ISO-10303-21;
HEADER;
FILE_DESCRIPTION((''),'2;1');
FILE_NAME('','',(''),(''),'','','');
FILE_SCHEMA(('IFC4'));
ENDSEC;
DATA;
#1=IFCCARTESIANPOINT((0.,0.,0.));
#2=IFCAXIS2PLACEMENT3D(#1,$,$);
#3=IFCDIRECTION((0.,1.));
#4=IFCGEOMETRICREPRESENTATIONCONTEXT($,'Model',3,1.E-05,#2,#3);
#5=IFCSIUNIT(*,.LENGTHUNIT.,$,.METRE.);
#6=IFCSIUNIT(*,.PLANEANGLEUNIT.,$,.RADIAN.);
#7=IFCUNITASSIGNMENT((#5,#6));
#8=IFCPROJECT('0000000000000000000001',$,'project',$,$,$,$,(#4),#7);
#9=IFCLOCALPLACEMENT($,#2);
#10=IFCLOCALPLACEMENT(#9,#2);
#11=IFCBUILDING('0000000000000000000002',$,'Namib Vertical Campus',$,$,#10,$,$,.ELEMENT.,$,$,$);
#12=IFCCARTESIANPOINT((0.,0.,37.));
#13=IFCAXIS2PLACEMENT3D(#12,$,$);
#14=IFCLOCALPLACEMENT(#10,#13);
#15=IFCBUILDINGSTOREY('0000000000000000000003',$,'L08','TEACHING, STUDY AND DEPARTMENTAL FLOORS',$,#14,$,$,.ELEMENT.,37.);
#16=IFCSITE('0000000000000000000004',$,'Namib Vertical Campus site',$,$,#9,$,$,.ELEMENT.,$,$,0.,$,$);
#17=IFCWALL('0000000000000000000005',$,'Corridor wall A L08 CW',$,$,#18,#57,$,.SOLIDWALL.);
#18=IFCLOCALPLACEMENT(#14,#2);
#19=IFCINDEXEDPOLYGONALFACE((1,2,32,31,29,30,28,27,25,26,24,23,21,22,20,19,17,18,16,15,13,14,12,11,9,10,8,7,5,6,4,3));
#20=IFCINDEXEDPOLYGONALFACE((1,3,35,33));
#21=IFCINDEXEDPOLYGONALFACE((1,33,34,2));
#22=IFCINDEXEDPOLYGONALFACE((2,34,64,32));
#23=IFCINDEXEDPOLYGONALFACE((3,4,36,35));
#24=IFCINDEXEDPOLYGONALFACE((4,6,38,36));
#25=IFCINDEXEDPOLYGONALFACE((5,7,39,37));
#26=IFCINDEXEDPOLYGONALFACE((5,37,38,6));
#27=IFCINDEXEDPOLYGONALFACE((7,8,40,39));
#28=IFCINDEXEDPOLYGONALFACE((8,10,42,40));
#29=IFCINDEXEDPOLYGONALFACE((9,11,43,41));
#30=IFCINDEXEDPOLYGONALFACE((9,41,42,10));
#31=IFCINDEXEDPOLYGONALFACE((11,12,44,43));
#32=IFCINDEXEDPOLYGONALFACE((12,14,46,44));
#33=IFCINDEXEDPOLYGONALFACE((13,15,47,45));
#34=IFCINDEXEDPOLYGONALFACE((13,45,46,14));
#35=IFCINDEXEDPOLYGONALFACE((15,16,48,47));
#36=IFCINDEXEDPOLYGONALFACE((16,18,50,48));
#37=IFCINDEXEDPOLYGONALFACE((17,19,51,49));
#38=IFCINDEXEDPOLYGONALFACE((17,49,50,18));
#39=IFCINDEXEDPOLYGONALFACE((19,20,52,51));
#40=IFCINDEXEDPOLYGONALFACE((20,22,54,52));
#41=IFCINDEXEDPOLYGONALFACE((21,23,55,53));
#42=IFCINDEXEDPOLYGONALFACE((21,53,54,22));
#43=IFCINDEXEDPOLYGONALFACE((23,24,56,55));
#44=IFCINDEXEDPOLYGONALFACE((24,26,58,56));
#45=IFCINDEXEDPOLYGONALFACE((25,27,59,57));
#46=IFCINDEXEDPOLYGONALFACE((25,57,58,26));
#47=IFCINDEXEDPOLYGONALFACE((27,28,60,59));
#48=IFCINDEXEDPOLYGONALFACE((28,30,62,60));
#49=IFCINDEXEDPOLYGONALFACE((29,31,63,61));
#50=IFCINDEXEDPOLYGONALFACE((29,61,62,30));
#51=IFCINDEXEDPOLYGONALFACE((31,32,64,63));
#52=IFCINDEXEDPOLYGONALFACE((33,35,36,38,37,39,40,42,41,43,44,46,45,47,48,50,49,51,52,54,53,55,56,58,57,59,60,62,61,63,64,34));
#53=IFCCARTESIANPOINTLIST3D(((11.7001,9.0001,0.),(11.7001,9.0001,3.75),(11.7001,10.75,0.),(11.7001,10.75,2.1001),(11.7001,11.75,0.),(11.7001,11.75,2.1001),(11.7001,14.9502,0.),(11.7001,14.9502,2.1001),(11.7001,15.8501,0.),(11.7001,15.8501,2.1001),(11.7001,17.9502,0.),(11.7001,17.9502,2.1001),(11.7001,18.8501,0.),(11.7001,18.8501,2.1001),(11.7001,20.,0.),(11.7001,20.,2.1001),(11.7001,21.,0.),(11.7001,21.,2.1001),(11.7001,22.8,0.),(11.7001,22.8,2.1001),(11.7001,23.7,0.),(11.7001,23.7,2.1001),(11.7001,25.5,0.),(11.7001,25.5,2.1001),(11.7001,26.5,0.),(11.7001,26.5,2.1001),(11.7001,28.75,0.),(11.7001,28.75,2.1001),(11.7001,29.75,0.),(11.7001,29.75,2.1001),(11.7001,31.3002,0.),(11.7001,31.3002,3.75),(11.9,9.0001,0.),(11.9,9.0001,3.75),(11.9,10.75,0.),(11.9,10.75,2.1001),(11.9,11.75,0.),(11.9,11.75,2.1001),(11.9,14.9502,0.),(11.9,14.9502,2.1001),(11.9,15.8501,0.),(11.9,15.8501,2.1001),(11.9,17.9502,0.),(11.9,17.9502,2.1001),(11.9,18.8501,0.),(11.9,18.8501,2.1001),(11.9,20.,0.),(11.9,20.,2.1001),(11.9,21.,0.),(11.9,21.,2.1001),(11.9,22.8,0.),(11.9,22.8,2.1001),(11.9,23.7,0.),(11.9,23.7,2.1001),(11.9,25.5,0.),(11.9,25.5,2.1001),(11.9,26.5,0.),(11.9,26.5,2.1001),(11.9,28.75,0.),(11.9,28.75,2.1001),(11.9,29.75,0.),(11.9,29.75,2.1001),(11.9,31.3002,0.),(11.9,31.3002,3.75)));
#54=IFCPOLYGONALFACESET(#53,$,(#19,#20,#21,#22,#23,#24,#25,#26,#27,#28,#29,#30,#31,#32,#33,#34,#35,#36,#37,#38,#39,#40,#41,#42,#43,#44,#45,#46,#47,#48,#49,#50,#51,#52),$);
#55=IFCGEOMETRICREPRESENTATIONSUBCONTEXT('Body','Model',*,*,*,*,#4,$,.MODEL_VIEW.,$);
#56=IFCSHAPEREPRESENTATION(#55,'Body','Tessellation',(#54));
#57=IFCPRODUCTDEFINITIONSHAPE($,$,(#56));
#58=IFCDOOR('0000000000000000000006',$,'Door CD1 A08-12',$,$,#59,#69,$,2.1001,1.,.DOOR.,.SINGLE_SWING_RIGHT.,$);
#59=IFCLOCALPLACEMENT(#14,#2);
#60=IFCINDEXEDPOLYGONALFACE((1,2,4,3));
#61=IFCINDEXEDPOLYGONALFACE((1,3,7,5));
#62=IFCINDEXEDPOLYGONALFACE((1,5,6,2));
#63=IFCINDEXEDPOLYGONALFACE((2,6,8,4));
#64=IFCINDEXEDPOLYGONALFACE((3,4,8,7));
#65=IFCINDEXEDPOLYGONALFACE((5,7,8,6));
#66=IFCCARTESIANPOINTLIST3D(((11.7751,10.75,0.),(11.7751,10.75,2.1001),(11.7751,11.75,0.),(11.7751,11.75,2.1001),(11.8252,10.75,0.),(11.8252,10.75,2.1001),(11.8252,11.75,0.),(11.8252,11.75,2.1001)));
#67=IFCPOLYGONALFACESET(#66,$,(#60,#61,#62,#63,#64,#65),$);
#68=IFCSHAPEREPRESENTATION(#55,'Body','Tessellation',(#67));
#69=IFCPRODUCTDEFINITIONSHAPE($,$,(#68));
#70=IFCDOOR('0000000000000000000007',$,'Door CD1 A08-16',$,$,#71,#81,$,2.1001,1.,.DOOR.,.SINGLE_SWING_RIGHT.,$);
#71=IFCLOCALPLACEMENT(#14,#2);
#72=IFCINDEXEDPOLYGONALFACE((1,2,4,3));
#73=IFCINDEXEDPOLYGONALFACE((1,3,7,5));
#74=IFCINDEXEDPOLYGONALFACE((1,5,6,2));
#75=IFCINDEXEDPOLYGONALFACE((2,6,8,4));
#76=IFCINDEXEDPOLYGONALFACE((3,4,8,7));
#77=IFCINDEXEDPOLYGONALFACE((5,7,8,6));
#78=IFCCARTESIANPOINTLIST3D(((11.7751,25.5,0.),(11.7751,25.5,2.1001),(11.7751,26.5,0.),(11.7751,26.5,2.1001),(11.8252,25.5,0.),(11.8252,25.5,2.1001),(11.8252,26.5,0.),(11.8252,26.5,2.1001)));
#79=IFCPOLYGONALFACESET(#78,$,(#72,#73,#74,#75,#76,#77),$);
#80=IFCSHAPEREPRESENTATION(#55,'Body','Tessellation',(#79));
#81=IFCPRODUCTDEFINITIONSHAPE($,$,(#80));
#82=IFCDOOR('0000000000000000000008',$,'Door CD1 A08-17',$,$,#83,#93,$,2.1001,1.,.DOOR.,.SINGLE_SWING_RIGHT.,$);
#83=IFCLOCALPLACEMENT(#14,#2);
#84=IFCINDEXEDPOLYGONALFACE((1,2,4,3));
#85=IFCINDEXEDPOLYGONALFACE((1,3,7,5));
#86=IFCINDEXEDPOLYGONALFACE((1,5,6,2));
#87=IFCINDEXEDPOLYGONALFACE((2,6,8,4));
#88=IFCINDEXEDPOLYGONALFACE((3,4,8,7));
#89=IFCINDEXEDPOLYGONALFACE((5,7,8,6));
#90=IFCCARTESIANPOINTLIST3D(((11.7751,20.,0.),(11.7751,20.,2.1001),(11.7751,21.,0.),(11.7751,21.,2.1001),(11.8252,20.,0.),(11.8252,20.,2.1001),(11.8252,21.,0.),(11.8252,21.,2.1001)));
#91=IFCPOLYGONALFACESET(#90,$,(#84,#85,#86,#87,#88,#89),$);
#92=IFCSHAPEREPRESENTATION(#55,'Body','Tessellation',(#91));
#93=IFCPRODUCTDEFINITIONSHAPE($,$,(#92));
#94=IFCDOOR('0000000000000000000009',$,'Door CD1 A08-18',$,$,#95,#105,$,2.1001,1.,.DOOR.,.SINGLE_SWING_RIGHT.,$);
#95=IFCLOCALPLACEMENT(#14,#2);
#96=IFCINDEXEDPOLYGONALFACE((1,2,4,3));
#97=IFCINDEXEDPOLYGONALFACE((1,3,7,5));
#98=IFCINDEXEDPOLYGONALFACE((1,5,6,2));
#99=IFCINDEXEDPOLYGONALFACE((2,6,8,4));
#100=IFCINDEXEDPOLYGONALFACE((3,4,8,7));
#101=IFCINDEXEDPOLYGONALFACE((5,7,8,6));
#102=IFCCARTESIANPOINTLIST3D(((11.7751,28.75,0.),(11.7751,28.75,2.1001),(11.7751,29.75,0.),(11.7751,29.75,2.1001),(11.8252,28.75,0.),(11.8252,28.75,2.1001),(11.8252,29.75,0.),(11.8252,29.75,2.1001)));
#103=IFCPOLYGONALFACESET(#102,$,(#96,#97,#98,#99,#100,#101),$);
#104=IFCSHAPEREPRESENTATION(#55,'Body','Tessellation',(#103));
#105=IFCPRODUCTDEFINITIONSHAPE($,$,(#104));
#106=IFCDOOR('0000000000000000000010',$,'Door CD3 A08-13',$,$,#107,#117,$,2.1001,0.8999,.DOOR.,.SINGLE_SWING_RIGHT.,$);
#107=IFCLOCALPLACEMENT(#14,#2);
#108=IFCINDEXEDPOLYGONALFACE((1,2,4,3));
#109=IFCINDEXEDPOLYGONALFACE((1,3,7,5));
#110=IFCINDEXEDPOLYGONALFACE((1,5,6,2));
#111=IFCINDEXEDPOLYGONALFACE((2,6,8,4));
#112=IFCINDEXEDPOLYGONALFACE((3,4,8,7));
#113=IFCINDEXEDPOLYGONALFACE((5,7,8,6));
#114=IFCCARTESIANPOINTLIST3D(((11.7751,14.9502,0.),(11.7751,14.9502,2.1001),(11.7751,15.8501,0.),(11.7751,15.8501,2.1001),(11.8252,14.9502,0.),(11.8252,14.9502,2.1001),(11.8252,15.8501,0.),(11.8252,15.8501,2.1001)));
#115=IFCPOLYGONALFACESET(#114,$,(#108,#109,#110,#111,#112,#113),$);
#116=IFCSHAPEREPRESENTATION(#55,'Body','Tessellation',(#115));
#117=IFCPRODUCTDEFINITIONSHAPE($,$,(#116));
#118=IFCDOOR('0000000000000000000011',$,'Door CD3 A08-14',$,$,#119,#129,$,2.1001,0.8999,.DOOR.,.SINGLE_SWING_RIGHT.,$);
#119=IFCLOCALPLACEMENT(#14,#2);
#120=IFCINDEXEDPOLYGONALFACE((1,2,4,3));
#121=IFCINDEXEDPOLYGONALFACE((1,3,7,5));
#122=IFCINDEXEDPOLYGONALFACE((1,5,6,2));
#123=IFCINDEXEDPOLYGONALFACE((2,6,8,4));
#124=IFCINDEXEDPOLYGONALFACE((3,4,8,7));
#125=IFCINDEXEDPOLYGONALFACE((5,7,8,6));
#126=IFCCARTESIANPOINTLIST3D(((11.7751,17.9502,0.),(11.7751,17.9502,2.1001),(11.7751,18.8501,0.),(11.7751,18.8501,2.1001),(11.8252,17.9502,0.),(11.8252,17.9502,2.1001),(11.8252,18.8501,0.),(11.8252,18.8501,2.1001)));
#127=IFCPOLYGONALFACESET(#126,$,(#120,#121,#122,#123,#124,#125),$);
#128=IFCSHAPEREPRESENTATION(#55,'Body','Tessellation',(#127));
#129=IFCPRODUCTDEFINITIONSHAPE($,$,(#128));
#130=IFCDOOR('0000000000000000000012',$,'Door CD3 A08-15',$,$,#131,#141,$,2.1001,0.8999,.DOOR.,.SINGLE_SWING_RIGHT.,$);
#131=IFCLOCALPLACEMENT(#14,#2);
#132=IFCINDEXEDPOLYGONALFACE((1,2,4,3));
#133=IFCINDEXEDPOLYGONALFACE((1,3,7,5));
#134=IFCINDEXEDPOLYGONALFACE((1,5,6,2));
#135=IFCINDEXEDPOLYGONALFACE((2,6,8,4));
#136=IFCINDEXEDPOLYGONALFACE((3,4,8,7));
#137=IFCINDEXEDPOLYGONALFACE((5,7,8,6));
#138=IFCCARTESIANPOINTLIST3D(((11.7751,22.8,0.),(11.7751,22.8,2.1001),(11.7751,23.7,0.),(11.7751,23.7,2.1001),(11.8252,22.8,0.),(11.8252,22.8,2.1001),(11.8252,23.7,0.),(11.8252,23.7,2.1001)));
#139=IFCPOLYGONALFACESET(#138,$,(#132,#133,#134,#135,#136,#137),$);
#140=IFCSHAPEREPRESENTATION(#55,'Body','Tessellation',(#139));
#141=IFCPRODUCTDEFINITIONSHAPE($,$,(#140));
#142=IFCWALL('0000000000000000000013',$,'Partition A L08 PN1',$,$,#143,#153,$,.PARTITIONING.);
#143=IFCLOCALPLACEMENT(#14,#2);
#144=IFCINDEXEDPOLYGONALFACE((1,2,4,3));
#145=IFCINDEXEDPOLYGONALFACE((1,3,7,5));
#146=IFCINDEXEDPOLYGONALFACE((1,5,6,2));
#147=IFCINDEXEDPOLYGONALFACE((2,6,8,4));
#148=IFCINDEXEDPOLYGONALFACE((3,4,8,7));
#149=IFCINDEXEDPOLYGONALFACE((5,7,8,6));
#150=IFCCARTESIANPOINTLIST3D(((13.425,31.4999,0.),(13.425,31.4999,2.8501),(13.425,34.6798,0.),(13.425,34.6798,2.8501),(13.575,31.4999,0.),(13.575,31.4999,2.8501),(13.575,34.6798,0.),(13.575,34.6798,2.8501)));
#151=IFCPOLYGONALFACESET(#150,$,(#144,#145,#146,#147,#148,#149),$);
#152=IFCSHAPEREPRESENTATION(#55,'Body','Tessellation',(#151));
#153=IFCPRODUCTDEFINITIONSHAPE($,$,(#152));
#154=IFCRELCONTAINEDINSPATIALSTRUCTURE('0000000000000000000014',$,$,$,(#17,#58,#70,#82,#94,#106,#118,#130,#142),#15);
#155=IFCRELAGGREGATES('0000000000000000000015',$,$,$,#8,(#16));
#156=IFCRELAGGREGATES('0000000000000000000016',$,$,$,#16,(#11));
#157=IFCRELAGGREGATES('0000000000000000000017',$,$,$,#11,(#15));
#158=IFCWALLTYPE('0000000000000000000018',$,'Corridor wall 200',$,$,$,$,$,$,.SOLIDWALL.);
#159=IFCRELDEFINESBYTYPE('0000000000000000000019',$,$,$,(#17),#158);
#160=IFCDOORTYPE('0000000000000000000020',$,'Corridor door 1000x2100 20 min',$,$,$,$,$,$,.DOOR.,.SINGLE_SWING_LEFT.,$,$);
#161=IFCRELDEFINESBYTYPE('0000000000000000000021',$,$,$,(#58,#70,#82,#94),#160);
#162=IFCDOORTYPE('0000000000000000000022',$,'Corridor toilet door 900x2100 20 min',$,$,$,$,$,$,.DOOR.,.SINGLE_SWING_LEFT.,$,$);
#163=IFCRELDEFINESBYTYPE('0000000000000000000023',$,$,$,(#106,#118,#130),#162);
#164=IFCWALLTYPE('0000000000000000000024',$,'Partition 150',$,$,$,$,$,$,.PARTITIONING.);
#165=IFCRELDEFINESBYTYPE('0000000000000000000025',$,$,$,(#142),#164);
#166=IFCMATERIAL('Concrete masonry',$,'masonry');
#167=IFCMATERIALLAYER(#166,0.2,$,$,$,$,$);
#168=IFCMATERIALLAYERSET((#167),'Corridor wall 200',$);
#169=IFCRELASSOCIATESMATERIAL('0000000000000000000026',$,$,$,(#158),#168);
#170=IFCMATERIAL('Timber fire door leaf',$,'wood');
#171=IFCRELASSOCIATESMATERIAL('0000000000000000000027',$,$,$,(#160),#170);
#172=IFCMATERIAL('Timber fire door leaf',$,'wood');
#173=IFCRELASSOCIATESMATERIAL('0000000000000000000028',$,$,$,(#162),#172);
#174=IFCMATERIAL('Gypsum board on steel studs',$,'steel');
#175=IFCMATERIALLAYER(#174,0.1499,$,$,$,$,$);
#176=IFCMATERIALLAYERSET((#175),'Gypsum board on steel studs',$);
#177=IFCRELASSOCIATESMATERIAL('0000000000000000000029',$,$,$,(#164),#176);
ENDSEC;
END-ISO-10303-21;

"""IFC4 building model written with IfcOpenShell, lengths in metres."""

from ifc_helpers import new_model, si_unit, direction, frame, frame_2d, origin, place, context, subcontext, project, spatial, rectangle, extrude, material, layer, layer_set, type_object, element, fill, save


model = new_model("IFC4")

# Units and contexts
model_context = context("Model", 3, precision=1e-05, world=origin(), true_north=direction((0.0, 1.0)))
body_context = subcontext(model_context, "Body", "Model", "MODEL_VIEW")
ifc_project = project(units=[si_unit("LENGTHUNIT", "METRE"), si_unit("PLANEANGLEUNIT", "RADIAN")], contexts=[model_context])

# Site, building, storey
site_placement = place(None, origin())
site = spatial("IfcSite", under=ifc_project, at=site_placement, Name="Namib Vertical Campus site", CompositionType="ELEMENT", RefElevation=0.0)
building_placement = place(site_placement, origin())
building = spatial("IfcBuilding", under=site, at=building_placement, Name="Namib Vertical Campus", CompositionType="ELEMENT")
storey_placement = place(building_placement, frame((0.0, 0.0, 37.0)))
storey = spatial("IfcBuildingStorey", under=building, at=storey_placement, Name="L08", Description="TEACHING, STUDY AND DEPARTMENTAL FLOORS", CompositionType="ELEMENT", Elevation=37.0)

# Wall, openings, doors
ifc_material_1 = material(Name="Concrete masonry", Category="masonry")
ifc_layer_1 = layer(ifc_material_1, 0.2)
ifc_layer_set_1 = layer_set([ifc_layer_1], Name="Corridor wall 200")
wall_type_1 = type_object("IfcWallType", Name="Corridor wall 200", PredefinedType="SOLIDWALL", material=ifc_layer_set_1)
wall_1_placement = place(storey_placement, frame((11.8, 31.3, 0.0), z_axis=(0.0, 0.0, 1.0), x_axis=(0.0, -1.0, 0.0)))
wall_1 = element("IfcWall", 1, at=wall_1_placement, inside=storey, type_object=wall_type_1, Name="Corridor wall A L08 CW", PredefinedType="SOLIDWALL", context=body_context, shape_type="SweptSolid", body=[
    extrude(rectangle(XDim=22.3, YDim=0.2, at=frame_2d((11.1499, 0.0))), origin(), (0.0, 0.0, 1.0), 3.75),
])
opening_1_placement = place(wall_1_placement, frame((19.55, 0.0, 0.0)))
opening_1 = element("IfcOpeningElement", 2, at=opening_1_placement, cuts=wall_1, PredefinedType="OPENING", context=body_context, shape_type="SweptSolid", body=[
    extrude(rectangle(XDim=1.0, YDim=2.1001, at=frame_2d((0.5, 1.05))), frame((0.0, 0.1099, 0.0), z_axis=(0.0, -1.0, 0.0), x_axis=(1.0, 0.0, 0.0)), (0.0, 0.0, 1.0), 0.22),
])
opening_2_placement = place(wall_1_placement, frame((15.45, 0.0, 0.0)))
opening_2 = element("IfcOpeningElement", 3, at=opening_2_placement, cuts=wall_1, PredefinedType="OPENING", context=body_context, shape_type="SweptSolid", body=[
    extrude(rectangle(XDim=0.8999, YDim=2.1001, at=frame_2d((0.45, 1.05))), frame((0.0, 0.1099, 0.0), z_axis=(0.0, -1.0, 0.0), x_axis=(1.0, 0.0, 0.0)), (0.0, 0.0, 1.0), 0.22),
])
opening_3_placement = place(wall_1_placement, frame((12.45, 0.0, 0.0)))
opening_3 = element("IfcOpeningElement", 4, at=opening_3_placement, cuts=wall_1, PredefinedType="OPENING", context=body_context, shape_type="SweptSolid", body=[
    extrude(rectangle(XDim=0.8999, YDim=2.1001, at=frame_2d((0.45, 1.05))), frame((0.0, 0.1099, 0.0), z_axis=(0.0, -1.0, 0.0), x_axis=(1.0, 0.0, 0.0)), (0.0, 0.0, 1.0), 0.22),
])
opening_4_placement = place(wall_1_placement, frame((7.6001, 0.0, 0.0)))
opening_4 = element("IfcOpeningElement", 5, at=opening_4_placement, cuts=wall_1, PredefinedType="OPENING", context=body_context, shape_type="SweptSolid", body=[
    extrude(rectangle(XDim=0.8999, YDim=2.1001, at=frame_2d((0.45, 1.05))), frame((0.0, 0.1099, 0.0), z_axis=(0.0, -1.0, 0.0), x_axis=(1.0, 0.0, 0.0)), (0.0, 0.0, 1.0), 0.22),
])
opening_5_placement = place(wall_1_placement, frame((4.8, 0.0, 0.0)))
opening_5 = element("IfcOpeningElement", 6, at=opening_5_placement, cuts=wall_1, PredefinedType="OPENING", context=body_context, shape_type="SweptSolid", body=[
    extrude(rectangle(XDim=1.0, YDim=2.1001, at=frame_2d((0.5, 1.05))), frame((0.0, 0.1099, 0.0), z_axis=(0.0, -1.0, 0.0), x_axis=(1.0, 0.0, 0.0)), (0.0, 0.0, 1.0), 0.22),
])
opening_6_placement = place(wall_1_placement, frame((10.3, 0.0, 0.0)))
opening_6 = element("IfcOpeningElement", 7, at=opening_6_placement, cuts=wall_1, PredefinedType="OPENING", context=body_context, shape_type="SweptSolid", body=[
    extrude(rectangle(XDim=1.0, YDim=2.1001, at=frame_2d((0.5, 1.05))), frame((0.0, 0.1099, 0.0), z_axis=(0.0, -1.0, 0.0), x_axis=(1.0, 0.0, 0.0)), (0.0, 0.0, 1.0), 0.22),
])
opening_7_placement = place(wall_1_placement, frame((1.55, 0.0, 0.0)))
opening_7 = element("IfcOpeningElement", 8, at=opening_7_placement, cuts=wall_1, PredefinedType="OPENING", context=body_context, shape_type="SweptSolid", body=[
    extrude(rectangle(XDim=1.0, YDim=2.1001, at=frame_2d((0.5, 1.05))), frame((0.0, 0.1099, 0.0), z_axis=(0.0, -1.0, 0.0), x_axis=(1.0, 0.0, 0.0)), (0.0, 0.0, 1.0), 0.22),
])
ifc_material_2 = material(Name="Timber fire door leaf", Category="wood")
door_type_1 = type_object("IfcDoorType", Name="Corridor door 1000x2100 20 min", OperationType="SINGLE_SWING_LEFT", PredefinedType="DOOR", material=ifc_material_2)
door_1_placement = place(opening_1_placement, frame((1.0, 0.0, 0.0), z_axis=(0.0, 0.0, 1.0), x_axis=(-1.0, 0.0, 0.0)))
door_1 = element("IfcDoor", 9, at=door_1_placement, inside=storey, type_object=door_type_1, Name="Door CD1 A08-12", OperationType="SINGLE_SWING_RIGHT", OverallHeight=2.1001, OverallWidth=1.0, PredefinedType="DOOR", context=body_context, shape_type="SweptSolid", body=[
    extrude(rectangle(XDim=1.0, YDim=2.1001, at=frame_2d((0.5, 1.05))), frame((0.0, 0.0249, 0.0), z_axis=(0.0, -1.0, 0.0), x_axis=(1.0, 0.0, 0.0)), (0.0, 0.0, 1.0), 0.05),
])
fill(opening_1, door_1)
door_2_placement = place(opening_5_placement, frame((1.0, 0.0, 0.0), z_axis=(0.0, 0.0, 1.0), x_axis=(-1.0, 0.0, 0.0)))
door_2 = element("IfcDoor", 10, at=door_2_placement, inside=storey, type_object=door_type_1, Name="Door CD1 A08-16", OperationType="SINGLE_SWING_RIGHT", OverallHeight=2.1001, OverallWidth=1.0, PredefinedType="DOOR", context=body_context, shape_type="SweptSolid", body=[
    extrude(rectangle(XDim=1.0, YDim=2.1001, at=frame_2d((0.5, 1.05))), frame((0.0, 0.0249, 0.0), z_axis=(0.0, -1.0, 0.0), x_axis=(1.0, 0.0, 0.0)), (0.0, 0.0, 1.0), 0.05),
])
fill(opening_5, door_2)
door_3_placement = place(opening_6_placement, frame((1.0, 0.0, 0.0), z_axis=(0.0, 0.0, 1.0), x_axis=(-1.0, 0.0, 0.0)))
door_3 = element("IfcDoor", 11, at=door_3_placement, inside=storey, type_object=door_type_1, Name="Door CD1 A08-17", OperationType="SINGLE_SWING_RIGHT", OverallHeight=2.1001, OverallWidth=1.0, PredefinedType="DOOR", context=body_context, shape_type="SweptSolid", body=[
    extrude(rectangle(XDim=1.0, YDim=2.1001, at=frame_2d((0.5, 1.05))), frame((0.0, 0.0249, 0.0), z_axis=(0.0, -1.0, 0.0), x_axis=(1.0, 0.0, 0.0)), (0.0, 0.0, 1.0), 0.05),
])
fill(opening_6, door_3)
door_4_placement = place(opening_7_placement, frame((1.0, 0.0, 0.0), z_axis=(0.0, 0.0, 1.0), x_axis=(-1.0, 0.0, 0.0)))
door_4 = element("IfcDoor", 12, at=door_4_placement, inside=storey, type_object=door_type_1, Name="Door CD1 A08-18", OperationType="SINGLE_SWING_RIGHT", OverallHeight=2.1001, OverallWidth=1.0, PredefinedType="DOOR", context=body_context, shape_type="SweptSolid", body=[
    extrude(rectangle(XDim=1.0, YDim=2.1001, at=frame_2d((0.5, 1.05))), frame((0.0, 0.0249, 0.0), z_axis=(0.0, -1.0, 0.0), x_axis=(1.0, 0.0, 0.0)), (0.0, 0.0, 1.0), 0.05),
])
fill(opening_7, door_4)
ifc_material_3 = material(Name="Timber fire door leaf", Category="wood")
door_type_2 = type_object("IfcDoorType", Name="Corridor toilet door 900x2100 20 min", OperationType="SINGLE_SWING_LEFT", PredefinedType="DOOR", material=ifc_material_3)
door_5_placement = place(opening_2_placement, frame((0.8999, 0.0, 0.0), z_axis=(0.0, 0.0, 1.0), x_axis=(-1.0, 0.0, 0.0)))
door_5 = element("IfcDoor", 13, at=door_5_placement, inside=storey, type_object=door_type_2, Name="Door CD3 A08-13", OperationType="SINGLE_SWING_RIGHT", OverallHeight=2.1001, OverallWidth=0.8999, PredefinedType="DOOR", context=body_context, shape_type="SweptSolid", body=[
    extrude(rectangle(XDim=0.8999, YDim=2.1001, at=frame_2d((0.45, 1.05))), frame((0.0, 0.0249, 0.0), z_axis=(0.0, -1.0, 0.0), x_axis=(1.0, 0.0, 0.0)), (0.0, 0.0, 1.0), 0.05),
])
fill(opening_2, door_5)
door_6_placement = place(opening_3_placement, frame((0.8999, 0.0, 0.0), z_axis=(0.0, 0.0, 1.0), x_axis=(-1.0, 0.0, 0.0)))
door_6 = element("IfcDoor", 14, at=door_6_placement, inside=storey, type_object=door_type_2, Name="Door CD3 A08-14", OperationType="SINGLE_SWING_RIGHT", OverallHeight=2.1001, OverallWidth=0.8999, PredefinedType="DOOR", context=body_context, shape_type="SweptSolid", body=[
    extrude(rectangle(XDim=0.8999, YDim=2.1001, at=frame_2d((0.45, 1.05))), frame((0.0, 0.0249, 0.0), z_axis=(0.0, -1.0, 0.0), x_axis=(1.0, 0.0, 0.0)), (0.0, 0.0, 1.0), 0.05),
])
fill(opening_3, door_6)
door_7_placement = place(opening_4_placement, frame((0.8999, 0.0, 0.0), z_axis=(0.0, 0.0, 1.0), x_axis=(-1.0, 0.0, 0.0)))
door_7 = element("IfcDoor", 15, at=door_7_placement, inside=storey, type_object=door_type_2, Name="Door CD3 A08-15", OperationType="SINGLE_SWING_RIGHT", OverallHeight=2.1001, OverallWidth=0.8999, PredefinedType="DOOR", context=body_context, shape_type="SweptSolid", body=[
    extrude(rectangle(XDim=0.8999, YDim=2.1001, at=frame_2d((0.45, 1.05))), frame((0.0, 0.0249, 0.0), z_axis=(0.0, -1.0, 0.0), x_axis=(1.0, 0.0, 0.0)), (0.0, 0.0, 1.0), 0.05),
])
fill(opening_4, door_7)

# Wall
ifc_material_4 = material(Name="Gypsum board on steel studs", Category="steel")
ifc_layer_2 = layer(ifc_material_4, 0.1499)
ifc_layer_set_2 = layer_set([ifc_layer_2], Name="Gypsum board on steel studs")
wall_type_2 = type_object("IfcWallType", Name="Partition 150", PredefinedType="PARTITIONING", material=ifc_layer_set_2)
wall_2_placement = place(storey_placement, frame((13.5, 31.5, 0.0), z_axis=(0.0, 0.0, 1.0), x_axis=(0.0, 1.0, 0.0)))
element("IfcWall", 16, at=wall_2_placement, inside=storey, type_object=wall_type_2, Name="Partition A L08 PN1", PredefinedType="PARTITIONING", context=body_context, shape_type="SweptSolid", body=[
    extrude(rectangle(XDim=3.1799, YDim=0.1499, at=frame_2d((1.5898, 0.0))), origin(), (0.0, 0.0, 1.0), 2.8501),
])

save(model, "model.ifc")
